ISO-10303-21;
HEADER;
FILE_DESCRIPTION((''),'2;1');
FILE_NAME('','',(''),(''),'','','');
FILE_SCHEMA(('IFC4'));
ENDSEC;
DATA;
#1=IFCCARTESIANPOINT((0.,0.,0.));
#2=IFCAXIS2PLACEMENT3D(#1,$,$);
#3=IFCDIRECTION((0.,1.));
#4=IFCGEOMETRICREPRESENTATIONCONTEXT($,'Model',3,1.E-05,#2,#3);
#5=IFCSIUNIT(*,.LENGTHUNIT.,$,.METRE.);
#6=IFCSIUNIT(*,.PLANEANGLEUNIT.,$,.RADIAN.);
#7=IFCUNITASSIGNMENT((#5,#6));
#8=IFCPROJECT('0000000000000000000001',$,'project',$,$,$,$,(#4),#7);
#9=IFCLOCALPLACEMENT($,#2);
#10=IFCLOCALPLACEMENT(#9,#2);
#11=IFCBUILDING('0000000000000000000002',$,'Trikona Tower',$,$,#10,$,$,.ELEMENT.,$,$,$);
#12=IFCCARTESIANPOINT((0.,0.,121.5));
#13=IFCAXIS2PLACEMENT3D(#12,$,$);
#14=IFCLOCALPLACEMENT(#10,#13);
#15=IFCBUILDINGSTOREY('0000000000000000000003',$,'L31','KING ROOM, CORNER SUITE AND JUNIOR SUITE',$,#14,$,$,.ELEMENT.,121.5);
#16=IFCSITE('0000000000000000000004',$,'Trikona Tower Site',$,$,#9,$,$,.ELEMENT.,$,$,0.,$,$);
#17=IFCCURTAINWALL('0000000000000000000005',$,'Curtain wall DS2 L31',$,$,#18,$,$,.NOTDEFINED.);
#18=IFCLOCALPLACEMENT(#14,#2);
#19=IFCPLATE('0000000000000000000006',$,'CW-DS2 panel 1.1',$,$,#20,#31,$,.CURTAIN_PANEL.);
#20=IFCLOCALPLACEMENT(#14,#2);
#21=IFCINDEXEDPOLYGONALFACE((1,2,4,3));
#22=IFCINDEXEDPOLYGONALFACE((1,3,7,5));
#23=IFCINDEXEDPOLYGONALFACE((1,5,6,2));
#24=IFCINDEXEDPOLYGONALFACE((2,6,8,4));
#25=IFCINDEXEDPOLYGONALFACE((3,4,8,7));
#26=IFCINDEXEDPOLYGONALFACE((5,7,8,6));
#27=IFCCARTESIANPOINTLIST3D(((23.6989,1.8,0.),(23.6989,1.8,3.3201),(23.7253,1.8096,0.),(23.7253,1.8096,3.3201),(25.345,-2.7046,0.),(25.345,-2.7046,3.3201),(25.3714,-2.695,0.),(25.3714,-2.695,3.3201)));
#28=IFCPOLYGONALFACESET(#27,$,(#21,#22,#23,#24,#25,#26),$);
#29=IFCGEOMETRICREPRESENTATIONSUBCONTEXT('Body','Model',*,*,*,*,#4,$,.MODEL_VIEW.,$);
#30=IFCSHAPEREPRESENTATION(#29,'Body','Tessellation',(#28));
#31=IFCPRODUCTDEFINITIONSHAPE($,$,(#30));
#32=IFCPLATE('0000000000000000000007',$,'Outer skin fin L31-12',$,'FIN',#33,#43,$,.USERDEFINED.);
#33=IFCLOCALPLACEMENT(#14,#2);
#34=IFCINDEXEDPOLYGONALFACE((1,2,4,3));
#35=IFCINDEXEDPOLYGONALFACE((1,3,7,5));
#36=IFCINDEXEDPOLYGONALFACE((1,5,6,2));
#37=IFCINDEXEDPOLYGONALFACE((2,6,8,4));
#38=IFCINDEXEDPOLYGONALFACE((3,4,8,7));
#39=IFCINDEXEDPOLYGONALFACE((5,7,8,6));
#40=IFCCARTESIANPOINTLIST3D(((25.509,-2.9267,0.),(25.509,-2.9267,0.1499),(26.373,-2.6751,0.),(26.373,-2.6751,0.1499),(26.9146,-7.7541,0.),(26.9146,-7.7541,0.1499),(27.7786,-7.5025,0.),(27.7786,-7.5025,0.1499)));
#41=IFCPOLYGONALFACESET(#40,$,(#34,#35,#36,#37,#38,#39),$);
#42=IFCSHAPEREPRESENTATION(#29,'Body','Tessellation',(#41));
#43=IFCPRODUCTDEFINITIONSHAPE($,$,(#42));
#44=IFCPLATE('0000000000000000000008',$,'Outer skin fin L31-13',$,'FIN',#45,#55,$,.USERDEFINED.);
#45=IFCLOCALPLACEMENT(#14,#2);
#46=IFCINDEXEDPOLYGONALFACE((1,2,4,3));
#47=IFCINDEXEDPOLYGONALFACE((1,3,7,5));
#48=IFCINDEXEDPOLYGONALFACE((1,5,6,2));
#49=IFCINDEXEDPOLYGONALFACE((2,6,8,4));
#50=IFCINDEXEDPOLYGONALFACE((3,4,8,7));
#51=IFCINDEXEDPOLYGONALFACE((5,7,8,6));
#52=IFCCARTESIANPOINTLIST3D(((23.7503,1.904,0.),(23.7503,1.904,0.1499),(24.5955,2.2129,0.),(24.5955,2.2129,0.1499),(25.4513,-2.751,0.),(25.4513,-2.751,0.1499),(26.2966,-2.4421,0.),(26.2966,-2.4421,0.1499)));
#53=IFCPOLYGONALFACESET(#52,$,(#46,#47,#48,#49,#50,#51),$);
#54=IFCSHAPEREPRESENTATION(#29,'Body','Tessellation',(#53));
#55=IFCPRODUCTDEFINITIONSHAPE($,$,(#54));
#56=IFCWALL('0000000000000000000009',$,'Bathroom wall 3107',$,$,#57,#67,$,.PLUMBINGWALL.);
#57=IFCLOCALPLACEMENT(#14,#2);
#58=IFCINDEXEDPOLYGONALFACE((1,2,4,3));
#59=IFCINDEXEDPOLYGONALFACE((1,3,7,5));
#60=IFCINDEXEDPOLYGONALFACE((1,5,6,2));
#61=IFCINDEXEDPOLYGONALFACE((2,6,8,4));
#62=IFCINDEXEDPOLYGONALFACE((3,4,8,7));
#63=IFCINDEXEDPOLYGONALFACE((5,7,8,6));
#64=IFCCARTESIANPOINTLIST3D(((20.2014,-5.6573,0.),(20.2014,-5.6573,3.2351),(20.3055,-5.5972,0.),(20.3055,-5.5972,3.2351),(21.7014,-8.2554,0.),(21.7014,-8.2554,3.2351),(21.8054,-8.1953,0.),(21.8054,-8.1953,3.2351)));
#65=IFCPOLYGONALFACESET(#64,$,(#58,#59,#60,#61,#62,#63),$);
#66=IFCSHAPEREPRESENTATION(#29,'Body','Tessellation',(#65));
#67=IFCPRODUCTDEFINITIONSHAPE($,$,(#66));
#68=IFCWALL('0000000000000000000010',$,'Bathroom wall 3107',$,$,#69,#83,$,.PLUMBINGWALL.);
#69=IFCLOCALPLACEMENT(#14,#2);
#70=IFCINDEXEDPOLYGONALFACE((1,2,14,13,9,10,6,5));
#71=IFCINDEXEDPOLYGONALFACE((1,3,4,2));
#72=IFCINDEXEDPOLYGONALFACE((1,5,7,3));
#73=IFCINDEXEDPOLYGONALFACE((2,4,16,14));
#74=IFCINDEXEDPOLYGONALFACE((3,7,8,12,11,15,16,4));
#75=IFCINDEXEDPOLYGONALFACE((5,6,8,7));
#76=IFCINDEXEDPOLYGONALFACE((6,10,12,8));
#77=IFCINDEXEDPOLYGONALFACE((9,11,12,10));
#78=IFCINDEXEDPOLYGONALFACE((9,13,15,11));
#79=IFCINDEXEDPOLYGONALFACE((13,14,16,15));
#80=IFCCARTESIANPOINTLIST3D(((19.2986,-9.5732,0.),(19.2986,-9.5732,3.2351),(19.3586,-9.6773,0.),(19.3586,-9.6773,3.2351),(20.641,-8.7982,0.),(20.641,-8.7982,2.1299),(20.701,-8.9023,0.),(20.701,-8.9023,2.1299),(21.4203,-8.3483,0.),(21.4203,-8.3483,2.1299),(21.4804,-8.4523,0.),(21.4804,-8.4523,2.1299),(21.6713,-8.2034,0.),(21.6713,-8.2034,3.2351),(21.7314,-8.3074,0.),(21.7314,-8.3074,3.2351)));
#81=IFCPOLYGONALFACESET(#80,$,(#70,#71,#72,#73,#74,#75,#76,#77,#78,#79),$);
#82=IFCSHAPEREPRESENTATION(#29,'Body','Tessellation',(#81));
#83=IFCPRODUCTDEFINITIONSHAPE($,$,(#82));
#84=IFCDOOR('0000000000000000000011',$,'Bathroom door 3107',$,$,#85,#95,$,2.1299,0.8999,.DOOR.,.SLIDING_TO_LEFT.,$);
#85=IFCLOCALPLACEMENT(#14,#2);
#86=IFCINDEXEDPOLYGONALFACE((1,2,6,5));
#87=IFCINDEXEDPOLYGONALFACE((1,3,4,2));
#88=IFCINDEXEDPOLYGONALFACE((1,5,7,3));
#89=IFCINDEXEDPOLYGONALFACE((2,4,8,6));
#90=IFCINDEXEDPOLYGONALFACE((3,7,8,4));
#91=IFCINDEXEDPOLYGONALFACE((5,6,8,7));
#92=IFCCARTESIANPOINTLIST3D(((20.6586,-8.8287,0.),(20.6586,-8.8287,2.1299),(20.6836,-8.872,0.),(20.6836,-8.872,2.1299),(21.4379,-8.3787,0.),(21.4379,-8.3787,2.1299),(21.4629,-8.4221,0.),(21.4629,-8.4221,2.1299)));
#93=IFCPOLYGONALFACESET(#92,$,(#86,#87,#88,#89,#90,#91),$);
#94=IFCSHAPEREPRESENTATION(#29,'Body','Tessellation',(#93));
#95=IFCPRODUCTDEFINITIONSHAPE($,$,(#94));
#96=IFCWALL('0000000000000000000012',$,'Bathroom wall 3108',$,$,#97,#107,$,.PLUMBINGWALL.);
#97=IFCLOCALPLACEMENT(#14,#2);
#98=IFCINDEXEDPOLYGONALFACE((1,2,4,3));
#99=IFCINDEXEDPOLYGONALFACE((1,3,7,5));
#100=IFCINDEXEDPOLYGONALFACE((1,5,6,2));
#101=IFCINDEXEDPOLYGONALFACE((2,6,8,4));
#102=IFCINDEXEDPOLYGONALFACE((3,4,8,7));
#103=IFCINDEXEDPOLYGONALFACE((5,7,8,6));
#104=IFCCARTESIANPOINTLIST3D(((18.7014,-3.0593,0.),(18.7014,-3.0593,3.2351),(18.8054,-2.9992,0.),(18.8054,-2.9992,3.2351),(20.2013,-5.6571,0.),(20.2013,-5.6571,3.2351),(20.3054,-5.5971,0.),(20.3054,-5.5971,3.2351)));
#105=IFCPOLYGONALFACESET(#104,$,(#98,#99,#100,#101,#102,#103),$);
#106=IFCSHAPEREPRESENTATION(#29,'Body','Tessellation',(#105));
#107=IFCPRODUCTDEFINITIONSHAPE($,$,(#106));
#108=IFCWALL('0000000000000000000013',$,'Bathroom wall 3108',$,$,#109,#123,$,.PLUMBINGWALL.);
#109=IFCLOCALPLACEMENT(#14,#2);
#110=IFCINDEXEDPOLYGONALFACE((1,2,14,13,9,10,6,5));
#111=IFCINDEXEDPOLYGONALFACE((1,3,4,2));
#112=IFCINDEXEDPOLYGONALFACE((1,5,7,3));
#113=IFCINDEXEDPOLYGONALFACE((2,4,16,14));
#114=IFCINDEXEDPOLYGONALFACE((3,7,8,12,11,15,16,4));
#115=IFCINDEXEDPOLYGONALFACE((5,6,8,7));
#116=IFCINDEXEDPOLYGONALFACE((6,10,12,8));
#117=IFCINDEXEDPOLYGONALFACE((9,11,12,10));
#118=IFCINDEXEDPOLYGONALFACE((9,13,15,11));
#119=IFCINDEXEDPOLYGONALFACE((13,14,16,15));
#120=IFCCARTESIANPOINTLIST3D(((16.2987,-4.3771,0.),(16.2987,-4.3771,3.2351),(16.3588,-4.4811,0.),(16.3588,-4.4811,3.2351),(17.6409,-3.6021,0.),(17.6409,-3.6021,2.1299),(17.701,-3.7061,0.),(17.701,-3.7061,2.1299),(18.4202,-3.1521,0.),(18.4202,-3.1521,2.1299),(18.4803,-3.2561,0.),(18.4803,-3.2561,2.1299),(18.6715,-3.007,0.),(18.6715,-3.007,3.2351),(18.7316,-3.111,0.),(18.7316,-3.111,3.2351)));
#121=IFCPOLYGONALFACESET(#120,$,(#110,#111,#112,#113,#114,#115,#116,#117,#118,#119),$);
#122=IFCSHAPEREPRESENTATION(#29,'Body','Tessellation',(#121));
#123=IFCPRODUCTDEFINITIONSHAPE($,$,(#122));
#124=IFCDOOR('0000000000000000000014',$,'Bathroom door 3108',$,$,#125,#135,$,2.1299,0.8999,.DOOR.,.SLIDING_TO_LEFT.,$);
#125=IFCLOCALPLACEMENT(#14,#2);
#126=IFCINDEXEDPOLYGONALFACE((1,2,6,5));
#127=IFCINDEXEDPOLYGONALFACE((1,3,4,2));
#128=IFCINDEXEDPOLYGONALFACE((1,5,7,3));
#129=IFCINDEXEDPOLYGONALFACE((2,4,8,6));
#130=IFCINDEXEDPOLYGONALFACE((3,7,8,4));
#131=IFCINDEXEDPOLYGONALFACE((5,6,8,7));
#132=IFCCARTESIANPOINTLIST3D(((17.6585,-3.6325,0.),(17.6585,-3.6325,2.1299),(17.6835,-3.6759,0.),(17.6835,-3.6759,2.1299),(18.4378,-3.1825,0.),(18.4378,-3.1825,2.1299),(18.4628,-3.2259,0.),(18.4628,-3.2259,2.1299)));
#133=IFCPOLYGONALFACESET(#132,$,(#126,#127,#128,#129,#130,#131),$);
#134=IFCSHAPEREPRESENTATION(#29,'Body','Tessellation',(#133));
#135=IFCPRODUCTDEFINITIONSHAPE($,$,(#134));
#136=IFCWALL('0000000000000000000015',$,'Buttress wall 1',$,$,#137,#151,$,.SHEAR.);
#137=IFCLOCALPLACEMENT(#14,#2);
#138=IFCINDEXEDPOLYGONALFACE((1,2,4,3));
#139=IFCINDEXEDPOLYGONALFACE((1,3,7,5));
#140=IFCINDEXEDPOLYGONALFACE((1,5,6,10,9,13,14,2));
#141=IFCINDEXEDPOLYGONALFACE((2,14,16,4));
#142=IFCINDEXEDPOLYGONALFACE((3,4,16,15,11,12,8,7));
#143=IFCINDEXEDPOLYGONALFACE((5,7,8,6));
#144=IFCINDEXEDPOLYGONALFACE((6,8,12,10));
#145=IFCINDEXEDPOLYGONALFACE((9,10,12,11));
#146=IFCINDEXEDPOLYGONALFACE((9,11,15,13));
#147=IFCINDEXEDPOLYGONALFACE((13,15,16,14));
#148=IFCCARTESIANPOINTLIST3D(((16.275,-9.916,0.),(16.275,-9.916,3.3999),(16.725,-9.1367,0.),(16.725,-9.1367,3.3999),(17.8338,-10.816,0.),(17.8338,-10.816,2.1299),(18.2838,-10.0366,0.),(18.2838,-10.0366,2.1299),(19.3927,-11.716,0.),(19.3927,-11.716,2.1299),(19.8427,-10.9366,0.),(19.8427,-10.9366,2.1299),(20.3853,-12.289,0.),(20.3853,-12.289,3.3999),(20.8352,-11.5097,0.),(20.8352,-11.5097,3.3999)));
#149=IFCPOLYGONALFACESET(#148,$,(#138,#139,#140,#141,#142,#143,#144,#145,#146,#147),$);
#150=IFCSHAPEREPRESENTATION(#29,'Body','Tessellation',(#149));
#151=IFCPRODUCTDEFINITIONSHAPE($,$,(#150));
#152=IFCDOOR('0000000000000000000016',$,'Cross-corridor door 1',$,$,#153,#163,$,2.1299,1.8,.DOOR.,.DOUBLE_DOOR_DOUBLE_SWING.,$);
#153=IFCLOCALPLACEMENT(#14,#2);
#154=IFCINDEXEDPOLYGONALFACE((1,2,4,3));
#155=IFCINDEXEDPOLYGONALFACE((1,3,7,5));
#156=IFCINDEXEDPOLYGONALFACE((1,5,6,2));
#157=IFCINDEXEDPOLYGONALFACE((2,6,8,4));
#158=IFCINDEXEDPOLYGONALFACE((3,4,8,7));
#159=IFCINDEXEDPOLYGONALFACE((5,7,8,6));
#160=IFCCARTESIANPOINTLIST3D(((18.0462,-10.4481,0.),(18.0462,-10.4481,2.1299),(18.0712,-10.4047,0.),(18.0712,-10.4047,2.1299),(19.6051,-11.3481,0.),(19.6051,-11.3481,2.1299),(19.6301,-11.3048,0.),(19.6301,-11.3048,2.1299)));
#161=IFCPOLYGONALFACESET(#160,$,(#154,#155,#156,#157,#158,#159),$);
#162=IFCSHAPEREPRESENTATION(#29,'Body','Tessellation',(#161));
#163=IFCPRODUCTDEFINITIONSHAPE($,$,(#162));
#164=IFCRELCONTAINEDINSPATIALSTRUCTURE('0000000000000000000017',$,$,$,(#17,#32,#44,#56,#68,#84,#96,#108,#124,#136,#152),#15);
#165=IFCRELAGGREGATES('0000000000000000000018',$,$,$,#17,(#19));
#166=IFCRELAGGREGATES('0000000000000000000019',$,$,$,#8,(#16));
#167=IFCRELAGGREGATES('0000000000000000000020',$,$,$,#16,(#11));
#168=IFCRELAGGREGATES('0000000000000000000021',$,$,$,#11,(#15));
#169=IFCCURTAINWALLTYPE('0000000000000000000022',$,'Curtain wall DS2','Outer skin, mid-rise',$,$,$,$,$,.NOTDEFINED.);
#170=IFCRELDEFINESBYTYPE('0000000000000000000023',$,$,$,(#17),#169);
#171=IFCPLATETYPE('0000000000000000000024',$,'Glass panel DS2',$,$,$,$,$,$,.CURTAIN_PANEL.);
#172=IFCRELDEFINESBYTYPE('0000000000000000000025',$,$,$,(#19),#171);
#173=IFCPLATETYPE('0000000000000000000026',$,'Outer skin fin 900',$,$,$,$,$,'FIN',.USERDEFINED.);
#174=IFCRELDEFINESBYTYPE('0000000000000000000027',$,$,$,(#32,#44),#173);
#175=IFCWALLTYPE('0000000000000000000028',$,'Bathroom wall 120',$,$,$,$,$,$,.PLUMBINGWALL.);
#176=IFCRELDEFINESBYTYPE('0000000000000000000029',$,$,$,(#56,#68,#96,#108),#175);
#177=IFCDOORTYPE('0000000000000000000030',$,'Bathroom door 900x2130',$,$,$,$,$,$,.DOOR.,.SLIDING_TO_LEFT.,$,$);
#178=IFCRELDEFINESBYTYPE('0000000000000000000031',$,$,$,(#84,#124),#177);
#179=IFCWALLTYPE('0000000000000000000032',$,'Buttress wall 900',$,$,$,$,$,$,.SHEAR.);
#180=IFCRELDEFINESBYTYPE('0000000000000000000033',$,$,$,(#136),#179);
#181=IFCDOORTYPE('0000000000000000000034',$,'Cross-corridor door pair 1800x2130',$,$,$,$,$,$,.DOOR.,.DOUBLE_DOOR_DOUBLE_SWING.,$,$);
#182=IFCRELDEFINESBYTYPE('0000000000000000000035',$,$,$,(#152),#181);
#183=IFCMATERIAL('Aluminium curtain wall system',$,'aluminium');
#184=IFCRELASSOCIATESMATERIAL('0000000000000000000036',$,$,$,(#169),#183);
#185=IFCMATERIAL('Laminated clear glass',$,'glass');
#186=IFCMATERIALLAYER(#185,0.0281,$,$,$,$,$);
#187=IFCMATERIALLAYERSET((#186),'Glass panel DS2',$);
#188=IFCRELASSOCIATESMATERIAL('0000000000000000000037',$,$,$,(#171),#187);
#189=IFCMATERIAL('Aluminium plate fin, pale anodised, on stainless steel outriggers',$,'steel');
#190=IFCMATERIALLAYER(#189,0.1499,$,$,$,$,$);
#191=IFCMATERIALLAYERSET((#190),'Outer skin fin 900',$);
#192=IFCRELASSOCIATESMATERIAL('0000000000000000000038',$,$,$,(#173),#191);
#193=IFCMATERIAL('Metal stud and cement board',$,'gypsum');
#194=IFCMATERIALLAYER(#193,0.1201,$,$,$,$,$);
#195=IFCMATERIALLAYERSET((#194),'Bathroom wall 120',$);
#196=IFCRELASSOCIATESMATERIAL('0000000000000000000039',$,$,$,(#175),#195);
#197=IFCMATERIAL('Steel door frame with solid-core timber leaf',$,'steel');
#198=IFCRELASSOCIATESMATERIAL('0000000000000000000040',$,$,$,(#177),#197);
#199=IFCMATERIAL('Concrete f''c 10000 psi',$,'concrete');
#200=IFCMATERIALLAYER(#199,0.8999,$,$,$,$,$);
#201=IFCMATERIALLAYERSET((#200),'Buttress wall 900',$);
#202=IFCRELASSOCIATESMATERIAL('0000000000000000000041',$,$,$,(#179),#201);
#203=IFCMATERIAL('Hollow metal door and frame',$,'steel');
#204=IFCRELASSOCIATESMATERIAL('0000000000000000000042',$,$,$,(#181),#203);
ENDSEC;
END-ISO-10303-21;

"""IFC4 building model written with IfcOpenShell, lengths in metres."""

from ifc_helpers import new_model, si_unit, direction, frame, frame_2d, origin, origin_2d, place, context, subcontext, project, spatial, rectangle, extrude, material, layer, layer_set, type_object, element, fill, aggregate, save


model = new_model("IFC4")

# Units and contexts
model_context = context("Model", 3, precision=1e-05, world=origin(), true_north=direction((0.0, 1.0)))
body_context = subcontext(model_context, "Body", "Model", "MODEL_VIEW")
ifc_project = project(units=[si_unit("LENGTHUNIT", "METRE"), si_unit("PLANEANGLEUNIT", "RADIAN")], contexts=[model_context])

# Site, building, storey
site_placement = place(None, origin())
site = spatial("IfcSite", under=ifc_project, at=site_placement, Name="Trikona Tower Site", CompositionType="ELEMENT", RefElevation=0.0)
building_placement = place(site_placement, origin())
building = spatial("IfcBuilding", under=site, at=building_placement, Name="Trikona Tower", CompositionType="ELEMENT")
storey_placement = place(building_placement, frame((0.0, 0.0, 121.5)))
storey = spatial("IfcBuildingStorey", under=building, at=storey_placement, Name="L31", Description="KING ROOM, CORNER SUITE AND JUNIOR SUITE", CompositionType="ELEMENT", Elevation=121.5)

# Shared definitions
ifc_material_1 = material(Name="Aluminium curtain wall system", Category="aluminium")
curtain_wall_type = type_object("IfcCurtainWallType", Name="Curtain wall DS2", Description="Outer skin, mid-rise", PredefinedType="NOTDEFINED", material=ifc_material_1)

# Curtain wall
curtain_wall_1_placement = place(storey_placement, origin())
curtain_wall_1 = element("IfcCurtainWall", 1, at=curtain_wall_1_placement, inside=storey, type_object=curtain_wall_type, Name="Curtain wall DS2 L31", PredefinedType="NOTDEFINED")

# Plate
ifc_material_2 = material(Name="Laminated clear glass", Category="glass")
ifc_layer_1 = layer(ifc_material_2, 0.0281)
ifc_layer_set_1 = layer_set([ifc_layer_1], Name="Glass panel DS2")
plate_type_1 = type_object("IfcPlateType", Name="Glass panel DS2", PredefinedType="CURTAIN_PANEL", material=ifc_layer_set_1)
plate_1_placement = place(storey_placement, frame((24.5352, -0.4475, 0.0), z_axis=(0.0, 0.0, 1.0), x_axis=(-0.343223, 0.939254, 0.0)))
plate_1 = element("IfcPlate", 2, at=plate_1_placement, type_object=plate_type_1, Name="CW-DS2 panel 1.1", PredefinedType="CURTAIN_PANEL", context=body_context, shape_type="SweptSolid", body=[
    extrude(rectangle(XDim=4.7959, YDim=0.0281, at=origin_2d()), origin(), (0.0, 0.0, 1.0), 3.3201),
])
aggregate(curtain_wall_1, [plate_1])

# Plates
ifc_material_3 = material(Name="Aluminium plate fin, pale anodised, on stainless steel outriggers", Category="steel")
ifc_layer_2 = layer(ifc_material_3, 0.1499)
ifc_layer_set_2 = layer_set([ifc_layer_2], Name="Outer skin fin 900")
plate_type_2 = type_object("IfcPlateType", Name="Outer skin fin 900", ElementType="FIN", PredefinedType="USERDEFINED", material=ifc_layer_set_2)
plate_2_placement = place(storey_placement, frame((26.6438, -5.2146, 0.0), z_axis=(0.0, 0.0, 1.0), x_axis=(-0.279554, 0.96013, 0.0)))
element("IfcPlate", 3, at=plate_2_placement, inside=storey, type_object=plate_type_2, Name="Outer skin fin L31-12", ObjectType="FIN", PredefinedType="USERDEFINED", context=body_context, shape_type="SweptSolid", body=[
    extrude(rectangle(XDim=5.0278, YDim=0.8999, at=origin_2d()), origin(), (0.0, 0.0, 1.0), 0.1499),
])
plate_3_placement = place(storey_placement, frame((25.0234, -0.269, 0.0), z_axis=(0.0, 0.0, 1.0), x_axis=(-0.34322, 0.939255, 0.0)))
element("IfcPlate", 4, at=plate_3_placement, inside=storey, type_object=plate_type_2, Name="Outer skin fin L31-13", ObjectType="FIN", PredefinedType="USERDEFINED", context=body_context, shape_type="SweptSolid", body=[
    extrude(rectangle(XDim=4.9561, YDim=0.8999, at=origin_2d()), origin(), (0.0, 0.0, 1.0), 0.1499),
])

# Wall
ifc_material_4 = material(Name="Metal stud and cement board", Category="gypsum")
ifc_layer_3 = layer(ifc_material_4, 0.1201)
ifc_layer_set_3 = layer_set([ifc_layer_3], Name="Bathroom wall 120")
wall_type_1 = type_object("IfcWallType", Name="Bathroom wall 120", PredefinedType="PLUMBINGWALL", material=ifc_layer_set_3)
wall_1_placement = place(storey_placement, frame((21.7534, -8.2253, 0.0), z_axis=(0.0, 0.0, 1.0), x_axis=(-0.49999, 0.866031, 0.0)))
element("IfcWall", 5, at=wall_1_placement, inside=storey, type_object=wall_type_1, Name="Bathroom wall 3107", PredefinedType="PLUMBINGWALL", context=body_context, shape_type="SweptSolid", body=[
    extrude(rectangle(XDim=3.0, YDim=0.1201, at=frame_2d((1.5, 0.0))), origin(), (0.0, 0.0, 1.0), 3.2351),
])

# Wall, opening, door
wall_2_placement = place(storey_placement, frame((19.3286, -9.6252, 0.0), z_axis=(0.0, 0.0, 1.0), x_axis=(0.866036, 0.499982, 0.0)))
wall_2 = element("IfcWall", 6, at=wall_2_placement, inside=storey, type_object=wall_type_1, Name="Bathroom wall 3107", PredefinedType="PLUMBINGWALL", context=body_context, shape_type="SweptSolid", body=[
    extrude(rectangle(XDim=2.7397, YDim=0.1201, at=frame_2d((1.3699, 0.0))), origin(), (0.0, 0.0, 1.0), 3.2351),
])
opening_1_placement = place(wall_2_placement, frame((1.55, 0.0, 0.0)))
opening_1 = element("IfcOpeningElement", 7, at=opening_1_placement, cuts=wall_2, PredefinedType="OPENING", context=body_context, shape_type="SweptSolid", body=[
    extrude(rectangle(XDim=0.8999, YDim=2.1299, at=frame_2d((0.45, 1.0649))), frame((0.0, 0.0701, 0.0), z_axis=(0.0, -1.0, 0.0), x_axis=(1.0, 0.0, 0.0)), (0.0, 0.0, 1.0), 0.1401),
])
ifc_material_5 = material(Name="Steel door frame with solid-core timber leaf", Category="steel")
door_type_1 = type_object("IfcDoorType", Name="Bathroom door 900x2130", OperationType="SLIDING_TO_LEFT", PredefinedType="DOOR", material=ifc_material_5)
door_1_placement = place(opening_1_placement, origin())
door_1 = element("IfcDoor", 8, at=door_1_placement, inside=storey, type_object=door_type_1, Name="Bathroom door 3107", OperationType="SLIDING_TO_LEFT", OverallHeight=2.1299, OverallWidth=0.8999, PredefinedType="DOOR", context=body_context, shape_type="SweptSolid", body=[
    extrude(rectangle(XDim=0.8999, YDim=2.1299, at=frame_2d((0.45, 1.0649))), frame((0.0, 0.0249, 0.0), z_axis=(0.0, -1.0, 0.0), x_axis=(1.0, 0.0, 0.0)), (0.0, 0.0, 1.0), 0.05),
])
fill(opening_1, door_1)

# Wall
wall_3_placement = place(storey_placement, frame((20.2534, -5.6272, 0.0), z_axis=(0.0, 0.0, 1.0), x_axis=(-0.500025, 0.866011, 0.0)))
element("IfcWall", 9, at=wall_3_placement, inside=storey, type_object=wall_type_1, Name="Bathroom wall 3108", PredefinedType="PLUMBINGWALL", context=body_context, shape_type="SweptSolid", body=[
    extrude(rectangle(XDim=2.9998, YDim=0.1201, at=frame_2d((1.5, 0.0))), origin(), (0.0, 0.0, 1.0), 3.2351),
])

# Walls, openings, doors
wall_4_placement = place(storey_placement, frame((16.3286, -4.4292, 0.0), z_axis=(0.0, 0.0, 1.0), x_axis=(0.865997, 0.500049, 0.0)))
wall_4 = element("IfcWall", 10, at=wall_4_placement, inside=storey, type_object=wall_type_1, Name="Bathroom wall 3108", PredefinedType="PLUMBINGWALL", context=body_context, shape_type="SweptSolid", body=[
    extrude(rectangle(XDim=2.74, YDim=0.1201, at=frame_2d((1.3701, 0.0))), origin(), (0.0, 0.0, 1.0), 3.2351),
])
opening_2_placement = place(wall_4_placement, frame((1.55, 0.0, 0.0)))
opening_2 = element("IfcOpeningElement", 11, at=opening_2_placement, cuts=wall_4, PredefinedType="OPENING", context=body_context, shape_type="SweptSolid", body=[
    extrude(rectangle(XDim=0.8999, YDim=2.1299, at=frame_2d((0.45, 1.0649))), frame((0.0, 0.0701, 0.0), z_axis=(0.0, -1.0, 0.0), x_axis=(1.0, 0.0, 0.0)), (0.0, 0.0, 1.0), 0.1401),
])
door_2_placement = place(opening_2_placement, origin())
door_2 = element("IfcDoor", 12, at=door_2_placement, inside=storey, type_object=door_type_1, Name="Bathroom door 3108", OperationType="SLIDING_TO_LEFT", OverallHeight=2.1299, OverallWidth=0.8999, PredefinedType="DOOR", context=body_context, shape_type="SweptSolid", body=[
    extrude(rectangle(XDim=0.8999, YDim=2.1299, at=frame_2d((0.45, 1.0649))), frame((0.0, 0.0249, 0.0), z_axis=(0.0, -1.0, 0.0), x_axis=(1.0, 0.0, 0.0)), (0.0, 0.0, 1.0), 0.05),
])
fill(opening_2, door_2)
ifc_material_6 = material(Name="Concrete f'c 10000 psi", Category="concrete")
ifc_layer_4 = layer(ifc_material_6, 0.8999)
ifc_layer_set_4 = layer_set([ifc_layer_4], Name="Buttress wall 900")
wall_type_2 = type_object("IfcWallType", Name="Buttress wall 900", PredefinedType="SHEAR", material=ifc_layer_set_4)
wall_5_placement = place(storey_placement, frame((16.5, -9.5264, 0.0), z_axis=(0.0, 0.0, 1.0), x_axis=(0.866031, -0.49999, 0.0)))
wall_5 = element("IfcWall", 13, at=wall_5_placement, inside=storey, type_object=wall_type_2, Name="Buttress wall 1", PredefinedType="SHEAR", context=body_context, shape_type="SweptSolid", body=[
    extrude(rectangle(XDim=4.7461, YDim=0.8999, at=frame_2d((2.373, 0.0))), origin(), (0.0, 0.0, 1.0), 3.3999),
])
opening_3_placement = place(wall_5_placement, frame((1.8, 0.0, 0.0)))
opening_3 = element("IfcOpeningElement", 14, at=opening_3_placement, cuts=wall_5, PredefinedType="OPENING", context=body_context, shape_type="SweptSolid", body=[
    extrude(rectangle(XDim=1.8, YDim=2.1299, at=frame_2d((0.8999, 1.0649))), frame((0.0, 0.46, 0.0), z_axis=(0.0, -1.0, 0.0), x_axis=(1.0, 0.0, 0.0)), (0.0, 0.0, 1.0), 0.9199),
])
ifc_material_7 = material(Name="Hollow metal door and frame", Category="steel")
door_type_2 = type_object("IfcDoorType", Name="Cross-corridor door pair 1800x2130", OperationType="DOUBLE_DOOR_DOUBLE_SWING", PredefinedType="DOOR", material=ifc_material_7)
door_3_placement = place(opening_3_placement, origin())
door_3 = element("IfcDoor", 15, at=door_3_placement, inside=storey, type_object=door_type_2, Name="Cross-corridor door 1", OperationType="DOUBLE_DOOR_DOUBLE_SWING", OverallHeight=2.1299, OverallWidth=1.8, PredefinedType="DOOR", context=body_context, shape_type="SweptSolid", body=[
    extrude(rectangle(XDim=1.8, YDim=2.1299, at=frame_2d((0.8999, 1.0649))), frame((0.0, 0.0249, 0.0), z_axis=(0.0, -1.0, 0.0), x_axis=(1.0, 0.0, 0.0)), (0.0, 0.0, 1.0), 0.05),
])
fill(opening_3, door_3)

save(model, "model.ifc")
